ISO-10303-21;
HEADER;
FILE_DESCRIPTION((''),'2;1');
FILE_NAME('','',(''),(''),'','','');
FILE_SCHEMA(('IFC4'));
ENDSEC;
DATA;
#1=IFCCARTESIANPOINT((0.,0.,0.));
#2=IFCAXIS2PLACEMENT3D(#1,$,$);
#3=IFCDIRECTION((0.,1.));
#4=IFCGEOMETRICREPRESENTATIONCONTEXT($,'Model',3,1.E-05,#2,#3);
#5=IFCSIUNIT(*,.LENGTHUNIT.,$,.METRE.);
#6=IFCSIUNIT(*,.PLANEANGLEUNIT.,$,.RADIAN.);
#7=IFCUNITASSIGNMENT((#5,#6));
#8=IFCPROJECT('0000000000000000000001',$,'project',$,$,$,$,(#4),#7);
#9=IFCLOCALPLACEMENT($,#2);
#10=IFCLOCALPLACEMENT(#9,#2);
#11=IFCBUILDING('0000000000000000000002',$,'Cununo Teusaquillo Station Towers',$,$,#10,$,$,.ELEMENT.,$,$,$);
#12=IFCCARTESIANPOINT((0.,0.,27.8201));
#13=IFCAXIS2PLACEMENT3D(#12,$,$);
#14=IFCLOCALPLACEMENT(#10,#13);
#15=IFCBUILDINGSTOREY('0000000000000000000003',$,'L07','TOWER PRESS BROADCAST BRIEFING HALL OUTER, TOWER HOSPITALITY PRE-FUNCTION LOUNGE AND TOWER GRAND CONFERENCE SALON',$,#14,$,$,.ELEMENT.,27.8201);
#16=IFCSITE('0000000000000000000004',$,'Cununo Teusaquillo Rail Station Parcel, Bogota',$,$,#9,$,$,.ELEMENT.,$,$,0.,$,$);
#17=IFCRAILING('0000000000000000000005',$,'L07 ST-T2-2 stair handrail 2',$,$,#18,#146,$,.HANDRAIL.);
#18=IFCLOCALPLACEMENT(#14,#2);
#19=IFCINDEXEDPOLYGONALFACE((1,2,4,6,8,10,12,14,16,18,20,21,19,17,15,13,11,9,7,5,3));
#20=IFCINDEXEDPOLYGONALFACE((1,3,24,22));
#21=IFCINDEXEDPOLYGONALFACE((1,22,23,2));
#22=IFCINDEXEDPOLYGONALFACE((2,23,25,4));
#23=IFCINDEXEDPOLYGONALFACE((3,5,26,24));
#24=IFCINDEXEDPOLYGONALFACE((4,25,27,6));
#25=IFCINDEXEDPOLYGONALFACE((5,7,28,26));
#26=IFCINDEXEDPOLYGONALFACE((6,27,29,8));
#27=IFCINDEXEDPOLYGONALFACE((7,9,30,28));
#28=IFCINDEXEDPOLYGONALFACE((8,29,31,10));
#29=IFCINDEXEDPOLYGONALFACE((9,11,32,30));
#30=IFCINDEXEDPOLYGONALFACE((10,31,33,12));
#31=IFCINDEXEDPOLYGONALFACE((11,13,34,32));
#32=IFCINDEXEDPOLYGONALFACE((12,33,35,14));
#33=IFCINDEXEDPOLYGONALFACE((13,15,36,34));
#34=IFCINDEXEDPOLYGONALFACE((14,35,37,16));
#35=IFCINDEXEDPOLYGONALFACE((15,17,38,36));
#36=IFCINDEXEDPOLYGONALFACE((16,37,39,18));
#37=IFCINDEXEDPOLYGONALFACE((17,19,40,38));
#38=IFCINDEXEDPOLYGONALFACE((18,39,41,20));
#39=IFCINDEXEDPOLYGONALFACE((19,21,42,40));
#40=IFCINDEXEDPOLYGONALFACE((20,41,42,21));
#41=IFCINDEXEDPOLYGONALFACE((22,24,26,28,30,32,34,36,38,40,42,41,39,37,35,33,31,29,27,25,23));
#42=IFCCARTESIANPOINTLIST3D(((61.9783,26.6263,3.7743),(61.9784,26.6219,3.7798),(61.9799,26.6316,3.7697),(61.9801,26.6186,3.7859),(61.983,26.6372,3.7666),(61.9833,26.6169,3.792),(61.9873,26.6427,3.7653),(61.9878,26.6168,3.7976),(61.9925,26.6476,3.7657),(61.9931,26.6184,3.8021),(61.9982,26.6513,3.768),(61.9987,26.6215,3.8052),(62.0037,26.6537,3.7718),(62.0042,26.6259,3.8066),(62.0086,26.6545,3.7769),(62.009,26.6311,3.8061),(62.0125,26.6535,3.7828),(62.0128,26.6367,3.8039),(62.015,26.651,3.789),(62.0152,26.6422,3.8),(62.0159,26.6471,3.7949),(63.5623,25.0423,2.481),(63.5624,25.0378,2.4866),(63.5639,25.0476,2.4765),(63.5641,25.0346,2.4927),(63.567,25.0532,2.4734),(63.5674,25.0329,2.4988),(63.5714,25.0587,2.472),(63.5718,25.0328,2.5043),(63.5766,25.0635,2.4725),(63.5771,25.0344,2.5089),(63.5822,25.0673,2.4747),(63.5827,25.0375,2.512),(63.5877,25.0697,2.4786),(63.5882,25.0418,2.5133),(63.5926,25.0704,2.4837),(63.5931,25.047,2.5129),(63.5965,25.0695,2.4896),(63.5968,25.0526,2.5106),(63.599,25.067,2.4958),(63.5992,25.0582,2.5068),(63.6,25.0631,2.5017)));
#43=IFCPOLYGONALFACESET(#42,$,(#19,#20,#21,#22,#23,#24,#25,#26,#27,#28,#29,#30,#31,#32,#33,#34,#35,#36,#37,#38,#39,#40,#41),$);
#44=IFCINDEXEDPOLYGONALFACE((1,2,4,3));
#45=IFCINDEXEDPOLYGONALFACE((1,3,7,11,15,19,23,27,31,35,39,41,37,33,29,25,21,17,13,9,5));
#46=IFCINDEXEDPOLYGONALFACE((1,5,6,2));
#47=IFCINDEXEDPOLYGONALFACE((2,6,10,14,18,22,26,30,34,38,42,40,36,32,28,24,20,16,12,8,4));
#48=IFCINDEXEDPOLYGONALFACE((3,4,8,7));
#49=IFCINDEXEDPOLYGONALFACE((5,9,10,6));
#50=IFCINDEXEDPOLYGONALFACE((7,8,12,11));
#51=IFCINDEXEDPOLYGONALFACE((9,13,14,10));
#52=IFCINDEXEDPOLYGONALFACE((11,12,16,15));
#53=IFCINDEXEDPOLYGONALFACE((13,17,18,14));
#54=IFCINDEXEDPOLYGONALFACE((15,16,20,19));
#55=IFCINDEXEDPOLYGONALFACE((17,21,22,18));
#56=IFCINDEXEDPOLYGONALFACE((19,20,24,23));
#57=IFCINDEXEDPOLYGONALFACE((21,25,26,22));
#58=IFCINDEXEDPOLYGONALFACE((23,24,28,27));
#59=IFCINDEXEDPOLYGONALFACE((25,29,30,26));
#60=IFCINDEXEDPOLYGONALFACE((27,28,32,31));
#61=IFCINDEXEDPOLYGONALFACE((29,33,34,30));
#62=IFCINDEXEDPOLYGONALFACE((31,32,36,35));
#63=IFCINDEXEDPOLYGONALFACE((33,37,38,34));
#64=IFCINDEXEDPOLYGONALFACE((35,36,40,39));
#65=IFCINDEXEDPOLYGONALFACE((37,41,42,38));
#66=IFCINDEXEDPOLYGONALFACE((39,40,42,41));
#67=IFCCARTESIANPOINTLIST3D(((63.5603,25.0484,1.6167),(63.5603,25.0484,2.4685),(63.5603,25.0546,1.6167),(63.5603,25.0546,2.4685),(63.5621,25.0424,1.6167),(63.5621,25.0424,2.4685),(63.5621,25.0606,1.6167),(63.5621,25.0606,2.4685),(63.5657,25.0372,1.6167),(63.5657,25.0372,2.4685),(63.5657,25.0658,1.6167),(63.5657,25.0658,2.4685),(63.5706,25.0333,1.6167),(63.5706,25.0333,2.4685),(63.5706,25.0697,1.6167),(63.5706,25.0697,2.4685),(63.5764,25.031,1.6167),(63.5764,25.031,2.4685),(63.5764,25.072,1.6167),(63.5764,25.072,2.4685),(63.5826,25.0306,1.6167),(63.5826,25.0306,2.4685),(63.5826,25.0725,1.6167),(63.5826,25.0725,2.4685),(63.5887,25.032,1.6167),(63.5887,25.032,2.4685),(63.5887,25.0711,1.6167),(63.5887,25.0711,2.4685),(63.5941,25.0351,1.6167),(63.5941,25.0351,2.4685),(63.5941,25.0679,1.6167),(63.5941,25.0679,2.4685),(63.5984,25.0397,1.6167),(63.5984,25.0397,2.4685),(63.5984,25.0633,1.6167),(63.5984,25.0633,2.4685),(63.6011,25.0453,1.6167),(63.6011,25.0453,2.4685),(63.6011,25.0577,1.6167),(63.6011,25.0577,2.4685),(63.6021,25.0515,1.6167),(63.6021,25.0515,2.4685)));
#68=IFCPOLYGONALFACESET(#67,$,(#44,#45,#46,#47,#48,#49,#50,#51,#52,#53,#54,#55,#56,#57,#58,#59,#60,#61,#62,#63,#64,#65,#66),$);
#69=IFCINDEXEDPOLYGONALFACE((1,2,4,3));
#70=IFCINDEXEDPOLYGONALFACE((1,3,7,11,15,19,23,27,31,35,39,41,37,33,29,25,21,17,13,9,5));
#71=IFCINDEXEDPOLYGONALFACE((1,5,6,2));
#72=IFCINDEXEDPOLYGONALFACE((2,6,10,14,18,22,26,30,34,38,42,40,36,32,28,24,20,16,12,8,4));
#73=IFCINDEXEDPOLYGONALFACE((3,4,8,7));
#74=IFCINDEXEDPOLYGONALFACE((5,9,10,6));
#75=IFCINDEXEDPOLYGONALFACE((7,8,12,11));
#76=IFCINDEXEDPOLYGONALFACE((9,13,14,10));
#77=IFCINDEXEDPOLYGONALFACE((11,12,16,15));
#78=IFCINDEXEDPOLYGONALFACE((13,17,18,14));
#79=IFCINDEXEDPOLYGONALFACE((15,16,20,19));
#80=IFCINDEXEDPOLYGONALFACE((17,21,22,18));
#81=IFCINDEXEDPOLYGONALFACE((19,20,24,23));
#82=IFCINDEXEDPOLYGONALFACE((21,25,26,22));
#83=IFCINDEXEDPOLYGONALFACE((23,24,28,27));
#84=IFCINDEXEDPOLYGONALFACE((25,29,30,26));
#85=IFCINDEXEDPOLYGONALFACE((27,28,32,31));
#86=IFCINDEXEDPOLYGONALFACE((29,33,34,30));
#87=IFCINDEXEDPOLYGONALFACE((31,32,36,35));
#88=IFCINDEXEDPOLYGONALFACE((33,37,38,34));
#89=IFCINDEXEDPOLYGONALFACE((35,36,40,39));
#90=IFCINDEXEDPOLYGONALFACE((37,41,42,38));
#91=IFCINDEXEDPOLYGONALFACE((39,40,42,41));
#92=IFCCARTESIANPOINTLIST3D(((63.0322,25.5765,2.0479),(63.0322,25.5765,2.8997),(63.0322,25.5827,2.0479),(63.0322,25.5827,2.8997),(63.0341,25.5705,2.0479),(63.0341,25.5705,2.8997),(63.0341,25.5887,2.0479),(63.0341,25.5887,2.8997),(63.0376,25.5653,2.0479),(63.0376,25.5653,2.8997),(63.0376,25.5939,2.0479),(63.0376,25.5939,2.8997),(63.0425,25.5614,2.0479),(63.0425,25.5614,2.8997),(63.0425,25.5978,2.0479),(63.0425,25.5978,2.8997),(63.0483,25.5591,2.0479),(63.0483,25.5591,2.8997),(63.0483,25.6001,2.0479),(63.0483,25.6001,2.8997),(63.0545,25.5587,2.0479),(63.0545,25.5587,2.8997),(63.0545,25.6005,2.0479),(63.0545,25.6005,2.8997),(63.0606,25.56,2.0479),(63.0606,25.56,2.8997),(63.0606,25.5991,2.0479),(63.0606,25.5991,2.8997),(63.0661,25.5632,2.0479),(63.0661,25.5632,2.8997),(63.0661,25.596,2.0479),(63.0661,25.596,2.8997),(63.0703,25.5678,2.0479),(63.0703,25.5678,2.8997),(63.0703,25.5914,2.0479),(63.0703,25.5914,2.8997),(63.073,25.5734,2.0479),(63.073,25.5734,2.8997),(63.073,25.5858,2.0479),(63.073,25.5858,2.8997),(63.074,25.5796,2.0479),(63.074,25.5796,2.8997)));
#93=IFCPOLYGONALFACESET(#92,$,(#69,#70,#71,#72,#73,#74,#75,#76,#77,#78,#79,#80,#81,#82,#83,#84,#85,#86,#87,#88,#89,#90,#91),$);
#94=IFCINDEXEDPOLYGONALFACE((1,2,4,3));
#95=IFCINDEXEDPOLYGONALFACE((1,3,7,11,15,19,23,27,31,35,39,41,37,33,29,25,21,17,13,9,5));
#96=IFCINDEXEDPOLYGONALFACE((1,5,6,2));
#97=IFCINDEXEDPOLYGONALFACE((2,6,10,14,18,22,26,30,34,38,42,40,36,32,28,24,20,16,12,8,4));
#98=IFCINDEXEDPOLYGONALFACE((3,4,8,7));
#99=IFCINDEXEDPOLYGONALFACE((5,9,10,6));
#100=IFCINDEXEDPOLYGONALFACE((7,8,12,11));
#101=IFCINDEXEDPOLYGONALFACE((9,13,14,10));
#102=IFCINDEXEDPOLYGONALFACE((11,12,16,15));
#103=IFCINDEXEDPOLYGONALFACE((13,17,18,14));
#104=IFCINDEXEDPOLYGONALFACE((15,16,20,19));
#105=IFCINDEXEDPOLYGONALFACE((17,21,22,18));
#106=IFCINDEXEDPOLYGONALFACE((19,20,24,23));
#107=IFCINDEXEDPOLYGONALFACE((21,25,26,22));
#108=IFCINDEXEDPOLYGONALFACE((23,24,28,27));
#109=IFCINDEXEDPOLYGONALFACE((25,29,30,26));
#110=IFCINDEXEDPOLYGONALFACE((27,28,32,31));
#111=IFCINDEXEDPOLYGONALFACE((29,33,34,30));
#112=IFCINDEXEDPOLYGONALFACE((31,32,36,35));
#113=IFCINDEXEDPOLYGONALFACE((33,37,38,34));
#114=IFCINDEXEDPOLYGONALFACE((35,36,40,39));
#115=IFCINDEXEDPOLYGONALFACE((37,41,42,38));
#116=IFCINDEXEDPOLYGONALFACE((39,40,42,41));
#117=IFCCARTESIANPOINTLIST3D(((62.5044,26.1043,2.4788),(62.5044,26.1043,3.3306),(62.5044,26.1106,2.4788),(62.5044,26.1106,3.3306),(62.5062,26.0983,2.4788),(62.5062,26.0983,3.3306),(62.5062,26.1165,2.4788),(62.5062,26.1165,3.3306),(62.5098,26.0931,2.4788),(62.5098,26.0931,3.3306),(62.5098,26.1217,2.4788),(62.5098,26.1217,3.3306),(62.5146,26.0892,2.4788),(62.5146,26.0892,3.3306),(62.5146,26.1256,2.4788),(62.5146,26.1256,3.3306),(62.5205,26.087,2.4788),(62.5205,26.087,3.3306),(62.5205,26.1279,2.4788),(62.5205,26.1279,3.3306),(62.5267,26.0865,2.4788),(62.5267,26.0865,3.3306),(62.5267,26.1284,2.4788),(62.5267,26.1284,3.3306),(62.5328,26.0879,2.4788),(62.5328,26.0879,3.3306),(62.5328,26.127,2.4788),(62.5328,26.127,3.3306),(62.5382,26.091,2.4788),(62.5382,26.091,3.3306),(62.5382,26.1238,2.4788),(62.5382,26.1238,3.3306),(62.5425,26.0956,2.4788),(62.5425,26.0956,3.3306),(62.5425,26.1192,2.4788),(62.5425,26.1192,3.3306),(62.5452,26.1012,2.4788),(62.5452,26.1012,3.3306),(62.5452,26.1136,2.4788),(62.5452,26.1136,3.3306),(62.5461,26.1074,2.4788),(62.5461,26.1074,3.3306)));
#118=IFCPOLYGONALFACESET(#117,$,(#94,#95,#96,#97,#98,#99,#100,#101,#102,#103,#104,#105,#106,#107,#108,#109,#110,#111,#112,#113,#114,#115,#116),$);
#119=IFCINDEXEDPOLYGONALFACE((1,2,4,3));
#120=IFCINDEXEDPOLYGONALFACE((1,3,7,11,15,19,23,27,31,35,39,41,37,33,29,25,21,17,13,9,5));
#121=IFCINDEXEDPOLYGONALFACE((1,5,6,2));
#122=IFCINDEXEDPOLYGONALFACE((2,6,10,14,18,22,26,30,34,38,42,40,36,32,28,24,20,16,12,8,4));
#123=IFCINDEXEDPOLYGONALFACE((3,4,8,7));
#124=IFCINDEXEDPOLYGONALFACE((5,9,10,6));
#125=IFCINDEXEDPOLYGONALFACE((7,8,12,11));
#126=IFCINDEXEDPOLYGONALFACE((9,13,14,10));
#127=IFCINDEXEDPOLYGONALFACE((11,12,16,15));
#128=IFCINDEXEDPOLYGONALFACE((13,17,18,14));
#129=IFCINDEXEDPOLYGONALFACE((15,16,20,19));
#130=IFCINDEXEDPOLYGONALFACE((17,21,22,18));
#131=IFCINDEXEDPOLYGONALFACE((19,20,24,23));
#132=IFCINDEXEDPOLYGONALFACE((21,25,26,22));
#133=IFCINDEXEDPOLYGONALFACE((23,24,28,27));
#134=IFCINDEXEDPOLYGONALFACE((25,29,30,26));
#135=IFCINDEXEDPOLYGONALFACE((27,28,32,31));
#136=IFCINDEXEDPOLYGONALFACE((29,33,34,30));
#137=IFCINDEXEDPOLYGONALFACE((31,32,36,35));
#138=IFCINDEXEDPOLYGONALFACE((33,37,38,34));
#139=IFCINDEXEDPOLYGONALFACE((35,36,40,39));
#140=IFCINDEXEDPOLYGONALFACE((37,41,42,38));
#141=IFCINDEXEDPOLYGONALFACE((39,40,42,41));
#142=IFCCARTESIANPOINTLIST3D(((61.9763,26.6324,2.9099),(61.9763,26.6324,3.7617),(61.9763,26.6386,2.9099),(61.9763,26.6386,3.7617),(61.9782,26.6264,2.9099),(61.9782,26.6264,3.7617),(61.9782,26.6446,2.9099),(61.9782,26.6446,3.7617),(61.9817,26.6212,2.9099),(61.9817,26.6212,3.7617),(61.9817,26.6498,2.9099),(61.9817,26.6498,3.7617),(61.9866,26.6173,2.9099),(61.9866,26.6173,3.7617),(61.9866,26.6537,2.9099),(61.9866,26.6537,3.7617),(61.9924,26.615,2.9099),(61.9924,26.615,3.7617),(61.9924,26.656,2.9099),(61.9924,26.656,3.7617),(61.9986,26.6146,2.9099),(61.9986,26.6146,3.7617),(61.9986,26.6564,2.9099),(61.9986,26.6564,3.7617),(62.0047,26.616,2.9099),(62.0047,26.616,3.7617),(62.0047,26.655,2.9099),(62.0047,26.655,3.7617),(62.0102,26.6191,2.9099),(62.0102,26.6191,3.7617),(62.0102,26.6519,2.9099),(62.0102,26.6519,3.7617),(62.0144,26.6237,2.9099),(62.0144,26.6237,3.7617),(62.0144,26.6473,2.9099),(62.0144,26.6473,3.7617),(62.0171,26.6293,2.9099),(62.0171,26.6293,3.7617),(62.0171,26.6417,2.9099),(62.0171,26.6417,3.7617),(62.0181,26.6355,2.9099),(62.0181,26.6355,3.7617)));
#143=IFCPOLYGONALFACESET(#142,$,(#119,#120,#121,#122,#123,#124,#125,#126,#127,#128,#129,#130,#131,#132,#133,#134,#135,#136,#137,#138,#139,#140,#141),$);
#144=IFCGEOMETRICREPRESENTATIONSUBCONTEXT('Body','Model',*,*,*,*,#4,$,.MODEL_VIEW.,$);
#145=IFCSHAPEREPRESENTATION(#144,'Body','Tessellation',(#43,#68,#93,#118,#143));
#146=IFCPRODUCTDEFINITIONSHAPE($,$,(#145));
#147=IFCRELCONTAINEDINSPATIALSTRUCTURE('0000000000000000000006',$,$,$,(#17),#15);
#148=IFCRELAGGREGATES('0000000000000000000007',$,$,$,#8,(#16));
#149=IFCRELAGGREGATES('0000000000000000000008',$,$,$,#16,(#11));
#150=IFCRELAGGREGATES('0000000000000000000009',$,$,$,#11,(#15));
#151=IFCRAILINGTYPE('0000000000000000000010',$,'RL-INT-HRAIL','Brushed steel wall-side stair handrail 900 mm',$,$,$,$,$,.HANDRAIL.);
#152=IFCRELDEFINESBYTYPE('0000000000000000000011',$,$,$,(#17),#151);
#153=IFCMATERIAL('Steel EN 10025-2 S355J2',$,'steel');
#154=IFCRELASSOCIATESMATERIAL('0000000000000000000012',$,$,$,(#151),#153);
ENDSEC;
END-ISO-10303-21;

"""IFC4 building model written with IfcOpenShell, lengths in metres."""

from ifc_helpers import new_model, si_unit, direction, frame, origin, origin_2d, place, context, subcontext, project, spatial, circle, extrude, material, type_object, element, save


model = new_model("IFC4")

# Units and contexts
model_context = context("Model", 3, precision=1e-05, world=origin(), true_north=direction((0.0, 1.0)))
body_context = subcontext(model_context, "Body", "Model", "MODEL_VIEW")
ifc_project = project(units=[si_unit("LENGTHUNIT", "METRE"), si_unit("PLANEANGLEUNIT", "RADIAN")], contexts=[model_context])

# Site, building, storey
site_placement = place(None, origin())
site = spatial("IfcSite", under=ifc_project, at=site_placement, Name="Cununo Teusaquillo Rail Station Parcel, Bogota", CompositionType="ELEMENT", RefElevation=0.0)
building_placement = place(site_placement, origin())
building = spatial("IfcBuilding", under=site, at=building_placement, Name="Cununo Teusaquillo Station Towers", CompositionType="ELEMENT")
storey_placement = place(building_placement, frame((0.0, 0.0, 27.8201)))
storey = spatial("IfcBuildingStorey", under=building, at=storey_placement, Name="L07", Description="TOWER PRESS BROADCAST BRIEFING HALL OUTER, TOWER HOSPITALITY PRE-FUNCTION LOUNGE AND TOWER GRAND CONFERENCE SALON", CompositionType="ELEMENT", Elevation=27.8201)

# Railing
ifc_material_1 = material(Name="Steel EN 10025-2 S355J2", Category="steel")
railing_type_1 = type_object("IfcRailingType", Name="RL-INT-HRAIL", Description="Brushed steel wall-side stair handrail 900 mm", PredefinedType="HANDRAIL", material=ifc_material_1)
railing_1_placement = place(storey_placement, frame((63.5811, 25.0515, 1.6167)))
element("IfcRailing", 1, at=railing_1_placement, inside=storey, type_object=railing_type_1, Name="L07 ST-T2-2 stair handrail 2", PredefinedType="HANDRAIL", context=body_context, shape_type="SweptSolid", body=[
    extrude(circle(Radius=0.0239, at=origin_2d()), frame((0.0, 0.0, 0.876), z_axis=(-0.612385, 0.612385, 0.49997), x_axis=(-0.707107, -0.707107, 0.0)), (0.0, 0.0, 1.0), 2.5867),
    extrude(circle(Radius=0.021, at=origin_2d()), origin(), (0.0, 0.0, 1.0), 0.8518),
    extrude(circle(Radius=0.021, at=origin_2d()), frame((-0.5281, 0.5281, 0.4312)), (0.0, 0.0, 1.0), 0.8518),
    extrude(circle(Radius=0.021, at=origin_2d()), frame((-1.0559, 1.0559, 0.8621)), (0.0, 0.0, 1.0), 0.8518),
    extrude(circle(Radius=0.021, at=origin_2d()), frame((-1.584, 1.584, 1.2932)), (0.0, 0.0, 1.0), 0.8518),
])

save(model, "model.ifc")
